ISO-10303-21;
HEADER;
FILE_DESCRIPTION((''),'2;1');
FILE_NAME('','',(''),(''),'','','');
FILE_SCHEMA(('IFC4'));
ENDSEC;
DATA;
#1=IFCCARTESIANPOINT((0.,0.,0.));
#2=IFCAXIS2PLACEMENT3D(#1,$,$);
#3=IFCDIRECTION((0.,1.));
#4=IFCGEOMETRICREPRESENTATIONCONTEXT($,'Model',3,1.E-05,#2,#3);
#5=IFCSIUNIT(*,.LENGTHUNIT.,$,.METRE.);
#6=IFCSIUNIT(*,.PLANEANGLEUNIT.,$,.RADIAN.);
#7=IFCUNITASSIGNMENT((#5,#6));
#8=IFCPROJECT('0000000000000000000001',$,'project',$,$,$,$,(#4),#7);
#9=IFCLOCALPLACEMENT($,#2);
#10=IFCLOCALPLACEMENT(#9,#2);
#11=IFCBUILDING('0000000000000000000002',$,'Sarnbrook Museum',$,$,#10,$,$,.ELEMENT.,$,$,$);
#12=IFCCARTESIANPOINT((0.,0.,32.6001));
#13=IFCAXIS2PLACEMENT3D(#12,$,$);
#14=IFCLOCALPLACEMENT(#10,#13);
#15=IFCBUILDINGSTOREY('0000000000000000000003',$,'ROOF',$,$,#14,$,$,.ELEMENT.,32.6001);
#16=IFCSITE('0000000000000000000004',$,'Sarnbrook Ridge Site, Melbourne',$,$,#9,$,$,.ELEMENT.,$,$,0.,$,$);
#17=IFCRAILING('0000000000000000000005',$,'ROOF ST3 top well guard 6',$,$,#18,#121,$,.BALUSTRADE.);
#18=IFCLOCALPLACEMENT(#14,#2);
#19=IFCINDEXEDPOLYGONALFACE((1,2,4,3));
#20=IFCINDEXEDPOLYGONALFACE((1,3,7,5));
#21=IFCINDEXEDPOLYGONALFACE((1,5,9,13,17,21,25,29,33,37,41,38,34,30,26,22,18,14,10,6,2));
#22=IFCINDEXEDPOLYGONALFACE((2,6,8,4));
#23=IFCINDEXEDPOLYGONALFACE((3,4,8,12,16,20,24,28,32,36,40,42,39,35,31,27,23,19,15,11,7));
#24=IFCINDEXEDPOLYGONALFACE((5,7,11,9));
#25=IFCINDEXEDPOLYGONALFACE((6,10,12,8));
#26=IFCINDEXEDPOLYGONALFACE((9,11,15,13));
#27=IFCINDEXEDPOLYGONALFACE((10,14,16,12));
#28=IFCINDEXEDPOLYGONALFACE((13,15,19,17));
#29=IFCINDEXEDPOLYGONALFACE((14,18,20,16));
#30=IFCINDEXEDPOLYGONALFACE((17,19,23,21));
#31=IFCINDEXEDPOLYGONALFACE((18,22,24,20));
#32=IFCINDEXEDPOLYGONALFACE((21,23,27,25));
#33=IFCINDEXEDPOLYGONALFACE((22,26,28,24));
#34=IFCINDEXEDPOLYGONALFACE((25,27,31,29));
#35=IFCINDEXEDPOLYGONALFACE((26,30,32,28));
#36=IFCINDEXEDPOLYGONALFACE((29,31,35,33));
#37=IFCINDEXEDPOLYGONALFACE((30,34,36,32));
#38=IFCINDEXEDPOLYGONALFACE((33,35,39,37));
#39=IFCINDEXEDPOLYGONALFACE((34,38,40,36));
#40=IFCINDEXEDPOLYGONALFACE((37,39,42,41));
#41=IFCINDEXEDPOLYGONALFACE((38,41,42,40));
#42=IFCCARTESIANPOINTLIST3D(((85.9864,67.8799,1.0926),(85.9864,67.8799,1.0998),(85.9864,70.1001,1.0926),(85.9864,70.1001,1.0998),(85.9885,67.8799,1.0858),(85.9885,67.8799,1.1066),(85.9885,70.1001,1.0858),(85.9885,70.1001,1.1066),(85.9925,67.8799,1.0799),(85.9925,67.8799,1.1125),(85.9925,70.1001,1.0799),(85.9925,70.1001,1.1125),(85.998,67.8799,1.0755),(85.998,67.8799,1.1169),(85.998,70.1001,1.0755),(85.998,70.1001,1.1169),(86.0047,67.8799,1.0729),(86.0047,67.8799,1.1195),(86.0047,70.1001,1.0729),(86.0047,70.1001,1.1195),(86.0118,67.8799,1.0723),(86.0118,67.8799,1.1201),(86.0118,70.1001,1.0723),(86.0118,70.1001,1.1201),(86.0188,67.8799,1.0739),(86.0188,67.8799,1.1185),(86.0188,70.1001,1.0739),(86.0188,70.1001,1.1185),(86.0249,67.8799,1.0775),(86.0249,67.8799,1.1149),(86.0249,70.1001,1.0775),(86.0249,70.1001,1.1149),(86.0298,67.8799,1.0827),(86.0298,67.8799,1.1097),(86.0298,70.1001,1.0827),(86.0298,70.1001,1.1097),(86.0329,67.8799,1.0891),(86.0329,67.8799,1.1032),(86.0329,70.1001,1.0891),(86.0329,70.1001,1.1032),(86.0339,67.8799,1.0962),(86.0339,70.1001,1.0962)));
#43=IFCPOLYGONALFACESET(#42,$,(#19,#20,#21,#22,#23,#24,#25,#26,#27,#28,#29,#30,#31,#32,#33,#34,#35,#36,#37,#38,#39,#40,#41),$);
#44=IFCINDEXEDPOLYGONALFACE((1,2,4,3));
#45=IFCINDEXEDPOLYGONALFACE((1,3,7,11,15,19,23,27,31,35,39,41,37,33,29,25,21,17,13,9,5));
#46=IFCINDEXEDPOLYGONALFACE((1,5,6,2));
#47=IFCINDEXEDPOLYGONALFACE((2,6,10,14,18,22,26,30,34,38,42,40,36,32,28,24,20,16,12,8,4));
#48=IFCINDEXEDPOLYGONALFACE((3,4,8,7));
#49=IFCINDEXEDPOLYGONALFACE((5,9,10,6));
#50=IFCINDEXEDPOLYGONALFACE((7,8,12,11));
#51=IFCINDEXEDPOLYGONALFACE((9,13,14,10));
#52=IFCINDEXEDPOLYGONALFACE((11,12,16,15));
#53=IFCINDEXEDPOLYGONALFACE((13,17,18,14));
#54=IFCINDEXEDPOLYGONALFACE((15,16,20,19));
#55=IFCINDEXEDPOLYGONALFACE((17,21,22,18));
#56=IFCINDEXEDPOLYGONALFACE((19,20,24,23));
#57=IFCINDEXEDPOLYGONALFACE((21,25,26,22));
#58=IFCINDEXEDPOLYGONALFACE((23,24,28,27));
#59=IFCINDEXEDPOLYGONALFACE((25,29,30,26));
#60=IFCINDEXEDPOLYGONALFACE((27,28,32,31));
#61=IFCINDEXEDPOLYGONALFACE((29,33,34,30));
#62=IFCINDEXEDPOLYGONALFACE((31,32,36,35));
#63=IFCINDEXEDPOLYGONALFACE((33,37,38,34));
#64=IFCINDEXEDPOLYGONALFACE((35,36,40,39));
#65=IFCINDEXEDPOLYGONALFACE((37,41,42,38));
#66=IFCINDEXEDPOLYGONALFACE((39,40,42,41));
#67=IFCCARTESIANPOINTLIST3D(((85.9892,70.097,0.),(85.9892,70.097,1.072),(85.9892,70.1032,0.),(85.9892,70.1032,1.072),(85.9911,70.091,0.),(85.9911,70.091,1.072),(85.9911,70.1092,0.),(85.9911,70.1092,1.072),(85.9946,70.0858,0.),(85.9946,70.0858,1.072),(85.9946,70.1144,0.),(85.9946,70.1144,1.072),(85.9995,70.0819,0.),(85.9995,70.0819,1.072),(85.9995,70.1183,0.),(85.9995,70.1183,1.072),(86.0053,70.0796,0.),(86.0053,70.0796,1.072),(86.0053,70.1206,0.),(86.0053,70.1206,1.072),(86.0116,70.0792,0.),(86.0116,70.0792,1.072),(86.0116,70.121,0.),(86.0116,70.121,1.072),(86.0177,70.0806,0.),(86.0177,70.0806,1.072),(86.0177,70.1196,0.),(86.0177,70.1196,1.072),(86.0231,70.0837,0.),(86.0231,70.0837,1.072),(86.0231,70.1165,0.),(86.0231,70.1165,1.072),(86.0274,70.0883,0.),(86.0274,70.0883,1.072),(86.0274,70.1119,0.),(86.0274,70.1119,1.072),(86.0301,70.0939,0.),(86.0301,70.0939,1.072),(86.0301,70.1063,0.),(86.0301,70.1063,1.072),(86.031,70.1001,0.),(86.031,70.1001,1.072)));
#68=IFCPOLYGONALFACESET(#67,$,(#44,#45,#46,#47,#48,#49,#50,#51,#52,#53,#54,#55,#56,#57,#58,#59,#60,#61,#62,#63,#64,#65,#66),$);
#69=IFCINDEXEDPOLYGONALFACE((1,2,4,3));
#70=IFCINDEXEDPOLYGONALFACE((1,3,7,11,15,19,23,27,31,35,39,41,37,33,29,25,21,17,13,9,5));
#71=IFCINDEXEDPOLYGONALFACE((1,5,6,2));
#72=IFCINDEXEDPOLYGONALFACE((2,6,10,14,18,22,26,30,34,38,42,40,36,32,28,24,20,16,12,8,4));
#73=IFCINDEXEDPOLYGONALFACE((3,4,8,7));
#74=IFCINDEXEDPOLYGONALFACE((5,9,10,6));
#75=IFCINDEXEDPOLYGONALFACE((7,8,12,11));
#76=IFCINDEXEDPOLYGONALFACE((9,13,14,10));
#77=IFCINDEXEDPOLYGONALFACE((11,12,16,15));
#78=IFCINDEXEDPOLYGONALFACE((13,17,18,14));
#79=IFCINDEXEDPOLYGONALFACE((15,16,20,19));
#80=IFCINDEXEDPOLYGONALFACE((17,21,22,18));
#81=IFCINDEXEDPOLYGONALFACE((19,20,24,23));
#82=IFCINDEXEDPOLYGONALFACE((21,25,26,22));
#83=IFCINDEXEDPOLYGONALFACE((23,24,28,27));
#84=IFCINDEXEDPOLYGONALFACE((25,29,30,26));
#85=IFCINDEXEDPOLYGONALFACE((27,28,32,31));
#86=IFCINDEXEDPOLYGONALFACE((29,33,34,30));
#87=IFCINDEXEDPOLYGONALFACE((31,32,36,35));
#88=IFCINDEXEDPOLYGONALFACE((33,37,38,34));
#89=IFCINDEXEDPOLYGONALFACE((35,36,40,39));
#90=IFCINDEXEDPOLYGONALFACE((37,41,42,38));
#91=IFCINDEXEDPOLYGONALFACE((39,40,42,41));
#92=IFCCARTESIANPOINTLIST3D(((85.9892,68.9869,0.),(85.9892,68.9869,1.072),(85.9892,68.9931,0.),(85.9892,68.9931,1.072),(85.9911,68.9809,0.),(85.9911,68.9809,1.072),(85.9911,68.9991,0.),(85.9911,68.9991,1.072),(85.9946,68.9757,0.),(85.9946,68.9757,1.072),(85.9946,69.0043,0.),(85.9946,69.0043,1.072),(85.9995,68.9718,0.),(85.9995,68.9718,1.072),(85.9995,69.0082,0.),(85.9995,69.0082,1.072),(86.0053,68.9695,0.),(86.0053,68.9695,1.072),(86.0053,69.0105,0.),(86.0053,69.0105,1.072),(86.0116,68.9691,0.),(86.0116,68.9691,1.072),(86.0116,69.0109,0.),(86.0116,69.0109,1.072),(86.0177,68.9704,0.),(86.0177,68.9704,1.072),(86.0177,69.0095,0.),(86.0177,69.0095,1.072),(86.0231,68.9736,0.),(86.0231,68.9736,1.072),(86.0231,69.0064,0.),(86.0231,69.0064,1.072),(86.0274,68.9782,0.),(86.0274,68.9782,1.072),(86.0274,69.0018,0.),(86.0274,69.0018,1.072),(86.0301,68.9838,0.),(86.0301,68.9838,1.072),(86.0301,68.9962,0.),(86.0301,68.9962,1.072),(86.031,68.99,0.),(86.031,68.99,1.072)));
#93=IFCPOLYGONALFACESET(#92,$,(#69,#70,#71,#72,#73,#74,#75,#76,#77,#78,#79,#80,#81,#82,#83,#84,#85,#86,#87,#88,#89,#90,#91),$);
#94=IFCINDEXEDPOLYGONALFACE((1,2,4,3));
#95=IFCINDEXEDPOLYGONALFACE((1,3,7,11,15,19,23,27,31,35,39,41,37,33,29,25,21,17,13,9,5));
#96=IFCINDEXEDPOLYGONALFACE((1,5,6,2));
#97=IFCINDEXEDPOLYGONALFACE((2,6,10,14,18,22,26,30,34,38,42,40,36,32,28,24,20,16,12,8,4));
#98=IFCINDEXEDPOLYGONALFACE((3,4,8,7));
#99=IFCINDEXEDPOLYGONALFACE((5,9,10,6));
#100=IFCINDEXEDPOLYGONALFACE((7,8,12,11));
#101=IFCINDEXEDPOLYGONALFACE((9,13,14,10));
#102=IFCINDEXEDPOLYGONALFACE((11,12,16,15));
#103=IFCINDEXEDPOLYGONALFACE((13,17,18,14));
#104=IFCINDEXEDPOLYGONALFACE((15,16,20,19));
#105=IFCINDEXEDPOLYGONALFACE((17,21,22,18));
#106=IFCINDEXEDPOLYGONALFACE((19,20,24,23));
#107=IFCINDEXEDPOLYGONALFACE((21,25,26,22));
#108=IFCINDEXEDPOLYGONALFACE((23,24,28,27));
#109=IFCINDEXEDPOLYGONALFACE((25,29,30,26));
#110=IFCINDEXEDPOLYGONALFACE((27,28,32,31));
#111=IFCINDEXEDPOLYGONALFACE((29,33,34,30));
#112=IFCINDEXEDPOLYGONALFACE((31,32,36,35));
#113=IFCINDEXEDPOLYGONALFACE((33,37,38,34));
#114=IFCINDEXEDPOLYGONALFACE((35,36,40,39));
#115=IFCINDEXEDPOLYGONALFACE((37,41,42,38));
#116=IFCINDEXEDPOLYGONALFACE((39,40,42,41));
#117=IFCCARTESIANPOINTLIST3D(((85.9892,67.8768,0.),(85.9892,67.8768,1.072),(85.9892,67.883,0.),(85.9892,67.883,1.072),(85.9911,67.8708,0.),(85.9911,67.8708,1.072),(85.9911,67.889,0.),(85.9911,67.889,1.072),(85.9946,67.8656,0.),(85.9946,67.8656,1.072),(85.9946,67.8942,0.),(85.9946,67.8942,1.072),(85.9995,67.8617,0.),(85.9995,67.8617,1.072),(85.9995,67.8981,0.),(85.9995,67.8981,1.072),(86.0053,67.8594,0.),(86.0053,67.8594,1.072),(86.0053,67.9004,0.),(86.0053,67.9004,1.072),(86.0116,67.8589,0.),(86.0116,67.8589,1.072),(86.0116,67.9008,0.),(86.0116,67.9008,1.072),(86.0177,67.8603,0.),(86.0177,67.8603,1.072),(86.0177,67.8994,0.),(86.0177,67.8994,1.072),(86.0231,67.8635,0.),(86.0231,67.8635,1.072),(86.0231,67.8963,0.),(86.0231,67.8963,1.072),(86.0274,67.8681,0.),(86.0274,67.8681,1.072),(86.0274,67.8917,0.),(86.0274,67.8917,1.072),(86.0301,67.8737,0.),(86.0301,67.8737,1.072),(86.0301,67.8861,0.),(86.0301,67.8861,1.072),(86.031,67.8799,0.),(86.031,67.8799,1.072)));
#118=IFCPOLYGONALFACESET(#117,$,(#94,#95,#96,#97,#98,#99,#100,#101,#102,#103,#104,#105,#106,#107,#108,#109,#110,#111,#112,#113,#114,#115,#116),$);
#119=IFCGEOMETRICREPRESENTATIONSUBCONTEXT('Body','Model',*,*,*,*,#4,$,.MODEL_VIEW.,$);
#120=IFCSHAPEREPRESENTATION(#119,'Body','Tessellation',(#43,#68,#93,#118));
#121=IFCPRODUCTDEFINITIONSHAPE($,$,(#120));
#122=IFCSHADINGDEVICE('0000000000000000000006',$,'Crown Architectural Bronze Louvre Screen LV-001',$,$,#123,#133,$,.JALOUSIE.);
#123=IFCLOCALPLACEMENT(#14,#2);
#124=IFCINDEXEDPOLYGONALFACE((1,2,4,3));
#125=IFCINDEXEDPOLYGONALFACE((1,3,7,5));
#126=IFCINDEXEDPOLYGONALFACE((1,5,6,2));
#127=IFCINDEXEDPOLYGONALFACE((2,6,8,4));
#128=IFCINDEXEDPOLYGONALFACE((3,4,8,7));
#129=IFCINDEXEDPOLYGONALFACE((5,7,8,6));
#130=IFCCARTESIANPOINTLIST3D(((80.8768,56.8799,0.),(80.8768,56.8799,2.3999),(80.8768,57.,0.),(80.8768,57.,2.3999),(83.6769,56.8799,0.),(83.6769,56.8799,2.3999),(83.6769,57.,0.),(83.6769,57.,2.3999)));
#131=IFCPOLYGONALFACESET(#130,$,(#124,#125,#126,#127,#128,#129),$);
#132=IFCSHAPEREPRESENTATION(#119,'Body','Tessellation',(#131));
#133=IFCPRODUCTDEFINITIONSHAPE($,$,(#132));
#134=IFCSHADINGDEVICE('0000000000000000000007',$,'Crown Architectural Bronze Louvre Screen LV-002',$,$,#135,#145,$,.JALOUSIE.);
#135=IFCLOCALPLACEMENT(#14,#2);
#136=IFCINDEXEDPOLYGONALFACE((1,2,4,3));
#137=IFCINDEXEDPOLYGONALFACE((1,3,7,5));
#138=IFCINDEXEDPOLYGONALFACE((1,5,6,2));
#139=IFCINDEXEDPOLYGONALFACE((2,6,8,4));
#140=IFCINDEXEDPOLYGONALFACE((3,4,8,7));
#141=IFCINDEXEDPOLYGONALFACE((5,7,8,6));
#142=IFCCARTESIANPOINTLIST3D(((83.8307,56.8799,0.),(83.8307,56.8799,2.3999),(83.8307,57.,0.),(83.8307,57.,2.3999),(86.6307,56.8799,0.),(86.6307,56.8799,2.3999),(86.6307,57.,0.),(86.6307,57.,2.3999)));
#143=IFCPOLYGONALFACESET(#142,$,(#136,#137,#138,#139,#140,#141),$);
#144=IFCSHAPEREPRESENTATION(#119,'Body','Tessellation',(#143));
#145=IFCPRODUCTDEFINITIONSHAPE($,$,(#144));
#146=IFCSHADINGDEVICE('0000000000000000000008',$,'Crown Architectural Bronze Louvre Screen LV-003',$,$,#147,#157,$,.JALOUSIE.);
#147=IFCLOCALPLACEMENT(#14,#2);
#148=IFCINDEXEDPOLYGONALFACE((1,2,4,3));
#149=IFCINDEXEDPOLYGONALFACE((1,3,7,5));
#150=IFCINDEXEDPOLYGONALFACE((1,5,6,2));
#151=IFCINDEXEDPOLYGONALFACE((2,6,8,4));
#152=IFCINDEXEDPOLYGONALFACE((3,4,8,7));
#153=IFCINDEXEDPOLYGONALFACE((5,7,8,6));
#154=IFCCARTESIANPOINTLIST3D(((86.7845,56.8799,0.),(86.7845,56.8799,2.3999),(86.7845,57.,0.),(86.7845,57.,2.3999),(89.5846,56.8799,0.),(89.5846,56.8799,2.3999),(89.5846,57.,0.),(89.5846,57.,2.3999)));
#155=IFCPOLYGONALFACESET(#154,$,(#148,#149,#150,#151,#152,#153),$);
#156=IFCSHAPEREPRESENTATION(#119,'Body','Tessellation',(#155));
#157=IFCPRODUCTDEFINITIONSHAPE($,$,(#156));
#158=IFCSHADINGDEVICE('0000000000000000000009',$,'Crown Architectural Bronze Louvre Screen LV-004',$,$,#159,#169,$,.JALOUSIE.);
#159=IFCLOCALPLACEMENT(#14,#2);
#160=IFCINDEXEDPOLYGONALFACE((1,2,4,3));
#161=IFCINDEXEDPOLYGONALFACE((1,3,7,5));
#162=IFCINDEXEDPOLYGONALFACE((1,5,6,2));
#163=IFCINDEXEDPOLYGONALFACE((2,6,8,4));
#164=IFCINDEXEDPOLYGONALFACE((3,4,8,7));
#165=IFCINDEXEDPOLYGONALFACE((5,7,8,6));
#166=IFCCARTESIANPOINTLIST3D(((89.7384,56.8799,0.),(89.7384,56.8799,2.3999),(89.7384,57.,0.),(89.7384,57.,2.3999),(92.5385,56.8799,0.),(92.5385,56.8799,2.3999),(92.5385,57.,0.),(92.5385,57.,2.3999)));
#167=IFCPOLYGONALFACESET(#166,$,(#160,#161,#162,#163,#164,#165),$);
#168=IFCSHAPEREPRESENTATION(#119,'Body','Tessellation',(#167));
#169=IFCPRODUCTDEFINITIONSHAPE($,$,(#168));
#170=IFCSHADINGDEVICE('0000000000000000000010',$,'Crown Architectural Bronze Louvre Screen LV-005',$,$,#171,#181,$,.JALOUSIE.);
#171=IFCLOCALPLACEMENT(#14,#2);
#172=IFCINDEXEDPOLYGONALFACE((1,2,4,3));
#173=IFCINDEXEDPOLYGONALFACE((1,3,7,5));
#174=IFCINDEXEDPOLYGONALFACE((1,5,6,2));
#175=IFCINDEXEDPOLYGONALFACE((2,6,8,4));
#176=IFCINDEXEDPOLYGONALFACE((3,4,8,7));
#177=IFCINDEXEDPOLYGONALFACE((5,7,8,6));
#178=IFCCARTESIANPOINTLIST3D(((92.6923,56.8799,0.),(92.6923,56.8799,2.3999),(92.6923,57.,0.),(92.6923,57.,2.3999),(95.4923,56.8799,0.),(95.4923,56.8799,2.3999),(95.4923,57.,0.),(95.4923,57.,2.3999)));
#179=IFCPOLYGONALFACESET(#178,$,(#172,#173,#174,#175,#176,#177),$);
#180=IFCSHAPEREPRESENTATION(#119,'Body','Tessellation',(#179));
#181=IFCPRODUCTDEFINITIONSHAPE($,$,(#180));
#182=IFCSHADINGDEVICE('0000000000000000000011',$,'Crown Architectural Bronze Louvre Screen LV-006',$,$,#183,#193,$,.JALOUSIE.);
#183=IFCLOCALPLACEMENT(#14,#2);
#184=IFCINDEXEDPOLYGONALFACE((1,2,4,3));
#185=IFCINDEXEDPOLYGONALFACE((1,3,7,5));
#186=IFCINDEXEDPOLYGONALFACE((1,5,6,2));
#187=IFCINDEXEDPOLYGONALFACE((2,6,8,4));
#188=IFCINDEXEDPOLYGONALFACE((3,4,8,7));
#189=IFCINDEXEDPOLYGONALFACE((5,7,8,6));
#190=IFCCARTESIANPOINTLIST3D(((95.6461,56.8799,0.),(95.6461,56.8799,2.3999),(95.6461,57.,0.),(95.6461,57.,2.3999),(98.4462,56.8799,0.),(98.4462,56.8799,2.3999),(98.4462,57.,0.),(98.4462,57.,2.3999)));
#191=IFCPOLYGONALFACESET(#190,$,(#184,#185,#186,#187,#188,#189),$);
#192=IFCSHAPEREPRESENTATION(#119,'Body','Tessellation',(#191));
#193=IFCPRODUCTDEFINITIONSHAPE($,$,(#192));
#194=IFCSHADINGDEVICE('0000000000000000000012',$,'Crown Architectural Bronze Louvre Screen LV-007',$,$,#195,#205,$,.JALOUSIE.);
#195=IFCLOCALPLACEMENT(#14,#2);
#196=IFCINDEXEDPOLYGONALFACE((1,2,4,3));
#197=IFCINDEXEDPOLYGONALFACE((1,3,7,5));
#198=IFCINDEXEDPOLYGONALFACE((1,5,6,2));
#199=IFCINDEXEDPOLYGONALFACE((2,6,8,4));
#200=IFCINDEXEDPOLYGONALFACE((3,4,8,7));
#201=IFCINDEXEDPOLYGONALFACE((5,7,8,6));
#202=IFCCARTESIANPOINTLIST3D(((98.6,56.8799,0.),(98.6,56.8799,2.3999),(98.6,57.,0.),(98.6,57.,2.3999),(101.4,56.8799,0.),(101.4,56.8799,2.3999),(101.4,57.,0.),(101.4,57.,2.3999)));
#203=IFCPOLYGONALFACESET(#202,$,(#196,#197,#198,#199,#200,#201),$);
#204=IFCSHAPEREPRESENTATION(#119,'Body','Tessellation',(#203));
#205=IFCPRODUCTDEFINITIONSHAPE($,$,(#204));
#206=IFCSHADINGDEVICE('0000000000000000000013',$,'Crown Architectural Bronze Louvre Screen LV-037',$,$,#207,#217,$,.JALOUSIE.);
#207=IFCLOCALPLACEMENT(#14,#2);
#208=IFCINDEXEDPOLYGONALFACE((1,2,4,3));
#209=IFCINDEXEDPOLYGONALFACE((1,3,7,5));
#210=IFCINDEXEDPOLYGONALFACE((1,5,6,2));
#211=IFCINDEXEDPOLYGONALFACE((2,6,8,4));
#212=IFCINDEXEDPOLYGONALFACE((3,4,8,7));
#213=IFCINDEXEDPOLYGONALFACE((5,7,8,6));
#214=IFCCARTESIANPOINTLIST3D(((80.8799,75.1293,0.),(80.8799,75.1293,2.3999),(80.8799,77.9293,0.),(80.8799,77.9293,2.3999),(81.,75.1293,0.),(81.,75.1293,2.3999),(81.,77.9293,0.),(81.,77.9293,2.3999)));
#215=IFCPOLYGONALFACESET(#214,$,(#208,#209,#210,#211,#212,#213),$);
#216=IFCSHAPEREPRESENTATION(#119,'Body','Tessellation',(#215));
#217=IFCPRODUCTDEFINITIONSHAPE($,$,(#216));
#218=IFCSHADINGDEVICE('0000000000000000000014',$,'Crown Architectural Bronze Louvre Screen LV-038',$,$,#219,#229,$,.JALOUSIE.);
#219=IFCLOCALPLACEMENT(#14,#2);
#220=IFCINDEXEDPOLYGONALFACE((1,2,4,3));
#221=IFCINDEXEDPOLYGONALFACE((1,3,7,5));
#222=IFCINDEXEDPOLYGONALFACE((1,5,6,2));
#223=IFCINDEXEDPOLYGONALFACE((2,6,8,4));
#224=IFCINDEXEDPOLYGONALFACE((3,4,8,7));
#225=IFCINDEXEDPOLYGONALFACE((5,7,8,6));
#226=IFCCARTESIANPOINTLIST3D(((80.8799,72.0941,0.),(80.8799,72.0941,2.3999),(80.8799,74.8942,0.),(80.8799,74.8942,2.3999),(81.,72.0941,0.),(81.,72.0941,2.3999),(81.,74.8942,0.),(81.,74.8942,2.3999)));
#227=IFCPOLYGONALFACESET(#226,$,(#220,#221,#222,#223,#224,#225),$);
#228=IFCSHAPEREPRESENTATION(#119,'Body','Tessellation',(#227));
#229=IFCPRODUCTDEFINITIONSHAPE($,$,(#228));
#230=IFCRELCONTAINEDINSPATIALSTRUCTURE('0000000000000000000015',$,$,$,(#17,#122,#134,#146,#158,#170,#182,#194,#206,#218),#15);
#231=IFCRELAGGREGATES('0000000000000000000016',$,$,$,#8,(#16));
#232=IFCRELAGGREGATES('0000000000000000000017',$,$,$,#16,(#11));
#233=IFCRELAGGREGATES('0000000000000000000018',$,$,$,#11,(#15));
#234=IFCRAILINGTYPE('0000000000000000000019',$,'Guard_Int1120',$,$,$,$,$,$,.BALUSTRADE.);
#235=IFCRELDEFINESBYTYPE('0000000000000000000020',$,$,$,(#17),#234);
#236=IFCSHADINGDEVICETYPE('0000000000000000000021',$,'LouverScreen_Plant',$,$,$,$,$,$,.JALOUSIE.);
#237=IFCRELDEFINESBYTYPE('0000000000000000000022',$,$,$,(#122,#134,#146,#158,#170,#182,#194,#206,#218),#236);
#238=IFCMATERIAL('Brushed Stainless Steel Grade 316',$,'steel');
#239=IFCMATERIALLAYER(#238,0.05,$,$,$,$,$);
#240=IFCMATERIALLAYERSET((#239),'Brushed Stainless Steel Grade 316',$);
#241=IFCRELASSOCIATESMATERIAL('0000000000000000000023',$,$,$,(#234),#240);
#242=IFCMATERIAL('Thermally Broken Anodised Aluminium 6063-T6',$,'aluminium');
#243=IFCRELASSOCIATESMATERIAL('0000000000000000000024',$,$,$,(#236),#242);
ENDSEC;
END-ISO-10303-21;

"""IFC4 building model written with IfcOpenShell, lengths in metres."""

from ifc_helpers import new_model, si_unit, direction, frame, origin, origin_2d, place, context, subcontext, project, spatial, rectangle, circle, extrude, material, layer, layer_set, type_object, element, save


model = new_model("IFC4")

# Units and contexts
model_context = context("Model", 3, precision=1e-05, world=origin(), true_north=direction((0.0, 1.0)))
body_context = subcontext(model_context, "Body", "Model", "MODEL_VIEW")
ifc_project = project(units=[si_unit("LENGTHUNIT", "METRE"), si_unit("PLANEANGLEUNIT", "RADIAN")], contexts=[model_context])

# Site, building, storey
site_placement = place(None, origin())
site = spatial("IfcSite", under=ifc_project, at=site_placement, Name="Sarnbrook Ridge Site, Melbourne", CompositionType="ELEMENT", RefElevation=0.0)
building_placement = place(site_placement, origin())
building = spatial("IfcBuilding", under=site, at=building_placement, Name="Sarnbrook Museum", CompositionType="ELEMENT")
storey_placement = place(building_placement, frame((0.0, 0.0, 32.6001)))
storey = spatial("IfcBuildingStorey", under=building, at=storey_placement, Name="ROOF", CompositionType="ELEMENT", Elevation=32.6001)

# Shared definitions
ifc_material_1 = material(Name="Brushed Stainless Steel Grade 316", Category="steel")

# Railing
ifc_layer_1 = layer(ifc_material_1, 0.05)
ifc_layer_set_1 = layer_set([ifc_layer_1], Name="Brushed Stainless Steel Grade 316")
railing_type = type_object("IfcRailingType", Name="Guard_Int1120", PredefinedType="BALUSTRADE", material=ifc_layer_set_1)
for number, where, name in (
    (1, (86.01, 70.1001, 0.0), "ROOF ST3 top well guard 6"),
):
    element("IfcRailing", number, at=place(storey_placement, frame(where)), inside=storey, type_object=railing_type, Name=name, PredefinedType="BALUSTRADE", context=body_context, shape_type="SweptSolid", body=[
        extrude(circle(Radius=0.0239, at=origin_2d()), frame((0.0, 0.0, 1.0962), z_axis=(0.0, -1.0, 0.0), x_axis=(1.0, 0.0, 0.0)), (0.0, 0.0, 1.0), 2.2202),
        extrude(circle(Radius=0.021, at=origin_2d()), origin(), (0.0, 0.0, 1.0), 1.072),
        extrude(circle(Radius=0.021, at=origin_2d()), frame((0.0, -1.1101, 0.0)), (0.0, 0.0, 1.0), 1.072),
        extrude(circle(Radius=0.021, at=origin_2d()), frame((0.0, -2.2202, 0.0)), (0.0, 0.0, 1.0), 1.072),
    ])

# Shading devices
ifc_material_2 = material(Name="Thermally Broken Anodised Aluminium 6063-T6", Category="aluminium")
shading_device_type = type_object("IfcShadingDeviceType", Name="LouverScreen_Plant", PredefinedType="JALOUSIE", material=ifc_material_2)
for number, where, z_axis, x_axis, name in (
    (2, (82.2769, 56.9399, 0.0), (0.0, 0.0, 1.0), (1.0, 0.0, 0.0), "Crown Architectural Bronze Louvre Screen LV-001"),
    (3, (85.2307, 56.9399, 0.0), (0.0, 0.0, 1.0), (1.0, 0.0, 0.0), "Crown Architectural Bronze Louvre Screen LV-002"),
    (4, (88.1846, 56.9399, 0.0), (0.0, 0.0, 1.0), (1.0, 0.0, 0.0), "Crown Architectural Bronze Louvre Screen LV-003"),
    (5, (91.1384, 56.9399, 0.0), (0.0, 0.0, 1.0), (1.0, 0.0, 0.0), "Crown Architectural Bronze Louvre Screen LV-004"),
    (6, (94.0923, 56.9399, 0.0), (0.0, 0.0, 1.0), (1.0, 0.0, 0.0), "Crown Architectural Bronze Louvre Screen LV-005"),
    (7, (97.0461, 56.9399, 0.0), (0.0, 0.0, 1.0), (1.0, 0.0, 0.0), "Crown Architectural Bronze Louvre Screen LV-006"),
    (8, (100.0, 56.9399, 0.0), (0.0, 0.0, 1.0), (1.0, 0.0, 0.0), "Crown Architectural Bronze Louvre Screen LV-007"),
    (9, (80.9399, 76.5293, 0.0), (0.0, 0.0, 1.0), (0.0, -1.0, 0.0), "Crown Architectural Bronze Louvre Screen LV-037"),
    (10, (80.9399, 73.4941, 0.0), (0.0, 0.0, 1.0), (0.0, -1.0, 0.0), "Crown Architectural Bronze Louvre Screen LV-038"),
):
    element("IfcShadingDevice", number, at=place(storey_placement, frame(where, z_axis=z_axis, x_axis=x_axis)), inside=storey, type_object=shading_device_type, Name=name, PredefinedType="JALOUSIE", context=body_context, shape_type="SweptSolid", body=[
        extrude(rectangle(XDim=2.8, YDim=0.1201, at=origin_2d()), origin(), (0.0, 0.0, 1.0), 2.3999),
    ])

save(model, "model.ifc")
